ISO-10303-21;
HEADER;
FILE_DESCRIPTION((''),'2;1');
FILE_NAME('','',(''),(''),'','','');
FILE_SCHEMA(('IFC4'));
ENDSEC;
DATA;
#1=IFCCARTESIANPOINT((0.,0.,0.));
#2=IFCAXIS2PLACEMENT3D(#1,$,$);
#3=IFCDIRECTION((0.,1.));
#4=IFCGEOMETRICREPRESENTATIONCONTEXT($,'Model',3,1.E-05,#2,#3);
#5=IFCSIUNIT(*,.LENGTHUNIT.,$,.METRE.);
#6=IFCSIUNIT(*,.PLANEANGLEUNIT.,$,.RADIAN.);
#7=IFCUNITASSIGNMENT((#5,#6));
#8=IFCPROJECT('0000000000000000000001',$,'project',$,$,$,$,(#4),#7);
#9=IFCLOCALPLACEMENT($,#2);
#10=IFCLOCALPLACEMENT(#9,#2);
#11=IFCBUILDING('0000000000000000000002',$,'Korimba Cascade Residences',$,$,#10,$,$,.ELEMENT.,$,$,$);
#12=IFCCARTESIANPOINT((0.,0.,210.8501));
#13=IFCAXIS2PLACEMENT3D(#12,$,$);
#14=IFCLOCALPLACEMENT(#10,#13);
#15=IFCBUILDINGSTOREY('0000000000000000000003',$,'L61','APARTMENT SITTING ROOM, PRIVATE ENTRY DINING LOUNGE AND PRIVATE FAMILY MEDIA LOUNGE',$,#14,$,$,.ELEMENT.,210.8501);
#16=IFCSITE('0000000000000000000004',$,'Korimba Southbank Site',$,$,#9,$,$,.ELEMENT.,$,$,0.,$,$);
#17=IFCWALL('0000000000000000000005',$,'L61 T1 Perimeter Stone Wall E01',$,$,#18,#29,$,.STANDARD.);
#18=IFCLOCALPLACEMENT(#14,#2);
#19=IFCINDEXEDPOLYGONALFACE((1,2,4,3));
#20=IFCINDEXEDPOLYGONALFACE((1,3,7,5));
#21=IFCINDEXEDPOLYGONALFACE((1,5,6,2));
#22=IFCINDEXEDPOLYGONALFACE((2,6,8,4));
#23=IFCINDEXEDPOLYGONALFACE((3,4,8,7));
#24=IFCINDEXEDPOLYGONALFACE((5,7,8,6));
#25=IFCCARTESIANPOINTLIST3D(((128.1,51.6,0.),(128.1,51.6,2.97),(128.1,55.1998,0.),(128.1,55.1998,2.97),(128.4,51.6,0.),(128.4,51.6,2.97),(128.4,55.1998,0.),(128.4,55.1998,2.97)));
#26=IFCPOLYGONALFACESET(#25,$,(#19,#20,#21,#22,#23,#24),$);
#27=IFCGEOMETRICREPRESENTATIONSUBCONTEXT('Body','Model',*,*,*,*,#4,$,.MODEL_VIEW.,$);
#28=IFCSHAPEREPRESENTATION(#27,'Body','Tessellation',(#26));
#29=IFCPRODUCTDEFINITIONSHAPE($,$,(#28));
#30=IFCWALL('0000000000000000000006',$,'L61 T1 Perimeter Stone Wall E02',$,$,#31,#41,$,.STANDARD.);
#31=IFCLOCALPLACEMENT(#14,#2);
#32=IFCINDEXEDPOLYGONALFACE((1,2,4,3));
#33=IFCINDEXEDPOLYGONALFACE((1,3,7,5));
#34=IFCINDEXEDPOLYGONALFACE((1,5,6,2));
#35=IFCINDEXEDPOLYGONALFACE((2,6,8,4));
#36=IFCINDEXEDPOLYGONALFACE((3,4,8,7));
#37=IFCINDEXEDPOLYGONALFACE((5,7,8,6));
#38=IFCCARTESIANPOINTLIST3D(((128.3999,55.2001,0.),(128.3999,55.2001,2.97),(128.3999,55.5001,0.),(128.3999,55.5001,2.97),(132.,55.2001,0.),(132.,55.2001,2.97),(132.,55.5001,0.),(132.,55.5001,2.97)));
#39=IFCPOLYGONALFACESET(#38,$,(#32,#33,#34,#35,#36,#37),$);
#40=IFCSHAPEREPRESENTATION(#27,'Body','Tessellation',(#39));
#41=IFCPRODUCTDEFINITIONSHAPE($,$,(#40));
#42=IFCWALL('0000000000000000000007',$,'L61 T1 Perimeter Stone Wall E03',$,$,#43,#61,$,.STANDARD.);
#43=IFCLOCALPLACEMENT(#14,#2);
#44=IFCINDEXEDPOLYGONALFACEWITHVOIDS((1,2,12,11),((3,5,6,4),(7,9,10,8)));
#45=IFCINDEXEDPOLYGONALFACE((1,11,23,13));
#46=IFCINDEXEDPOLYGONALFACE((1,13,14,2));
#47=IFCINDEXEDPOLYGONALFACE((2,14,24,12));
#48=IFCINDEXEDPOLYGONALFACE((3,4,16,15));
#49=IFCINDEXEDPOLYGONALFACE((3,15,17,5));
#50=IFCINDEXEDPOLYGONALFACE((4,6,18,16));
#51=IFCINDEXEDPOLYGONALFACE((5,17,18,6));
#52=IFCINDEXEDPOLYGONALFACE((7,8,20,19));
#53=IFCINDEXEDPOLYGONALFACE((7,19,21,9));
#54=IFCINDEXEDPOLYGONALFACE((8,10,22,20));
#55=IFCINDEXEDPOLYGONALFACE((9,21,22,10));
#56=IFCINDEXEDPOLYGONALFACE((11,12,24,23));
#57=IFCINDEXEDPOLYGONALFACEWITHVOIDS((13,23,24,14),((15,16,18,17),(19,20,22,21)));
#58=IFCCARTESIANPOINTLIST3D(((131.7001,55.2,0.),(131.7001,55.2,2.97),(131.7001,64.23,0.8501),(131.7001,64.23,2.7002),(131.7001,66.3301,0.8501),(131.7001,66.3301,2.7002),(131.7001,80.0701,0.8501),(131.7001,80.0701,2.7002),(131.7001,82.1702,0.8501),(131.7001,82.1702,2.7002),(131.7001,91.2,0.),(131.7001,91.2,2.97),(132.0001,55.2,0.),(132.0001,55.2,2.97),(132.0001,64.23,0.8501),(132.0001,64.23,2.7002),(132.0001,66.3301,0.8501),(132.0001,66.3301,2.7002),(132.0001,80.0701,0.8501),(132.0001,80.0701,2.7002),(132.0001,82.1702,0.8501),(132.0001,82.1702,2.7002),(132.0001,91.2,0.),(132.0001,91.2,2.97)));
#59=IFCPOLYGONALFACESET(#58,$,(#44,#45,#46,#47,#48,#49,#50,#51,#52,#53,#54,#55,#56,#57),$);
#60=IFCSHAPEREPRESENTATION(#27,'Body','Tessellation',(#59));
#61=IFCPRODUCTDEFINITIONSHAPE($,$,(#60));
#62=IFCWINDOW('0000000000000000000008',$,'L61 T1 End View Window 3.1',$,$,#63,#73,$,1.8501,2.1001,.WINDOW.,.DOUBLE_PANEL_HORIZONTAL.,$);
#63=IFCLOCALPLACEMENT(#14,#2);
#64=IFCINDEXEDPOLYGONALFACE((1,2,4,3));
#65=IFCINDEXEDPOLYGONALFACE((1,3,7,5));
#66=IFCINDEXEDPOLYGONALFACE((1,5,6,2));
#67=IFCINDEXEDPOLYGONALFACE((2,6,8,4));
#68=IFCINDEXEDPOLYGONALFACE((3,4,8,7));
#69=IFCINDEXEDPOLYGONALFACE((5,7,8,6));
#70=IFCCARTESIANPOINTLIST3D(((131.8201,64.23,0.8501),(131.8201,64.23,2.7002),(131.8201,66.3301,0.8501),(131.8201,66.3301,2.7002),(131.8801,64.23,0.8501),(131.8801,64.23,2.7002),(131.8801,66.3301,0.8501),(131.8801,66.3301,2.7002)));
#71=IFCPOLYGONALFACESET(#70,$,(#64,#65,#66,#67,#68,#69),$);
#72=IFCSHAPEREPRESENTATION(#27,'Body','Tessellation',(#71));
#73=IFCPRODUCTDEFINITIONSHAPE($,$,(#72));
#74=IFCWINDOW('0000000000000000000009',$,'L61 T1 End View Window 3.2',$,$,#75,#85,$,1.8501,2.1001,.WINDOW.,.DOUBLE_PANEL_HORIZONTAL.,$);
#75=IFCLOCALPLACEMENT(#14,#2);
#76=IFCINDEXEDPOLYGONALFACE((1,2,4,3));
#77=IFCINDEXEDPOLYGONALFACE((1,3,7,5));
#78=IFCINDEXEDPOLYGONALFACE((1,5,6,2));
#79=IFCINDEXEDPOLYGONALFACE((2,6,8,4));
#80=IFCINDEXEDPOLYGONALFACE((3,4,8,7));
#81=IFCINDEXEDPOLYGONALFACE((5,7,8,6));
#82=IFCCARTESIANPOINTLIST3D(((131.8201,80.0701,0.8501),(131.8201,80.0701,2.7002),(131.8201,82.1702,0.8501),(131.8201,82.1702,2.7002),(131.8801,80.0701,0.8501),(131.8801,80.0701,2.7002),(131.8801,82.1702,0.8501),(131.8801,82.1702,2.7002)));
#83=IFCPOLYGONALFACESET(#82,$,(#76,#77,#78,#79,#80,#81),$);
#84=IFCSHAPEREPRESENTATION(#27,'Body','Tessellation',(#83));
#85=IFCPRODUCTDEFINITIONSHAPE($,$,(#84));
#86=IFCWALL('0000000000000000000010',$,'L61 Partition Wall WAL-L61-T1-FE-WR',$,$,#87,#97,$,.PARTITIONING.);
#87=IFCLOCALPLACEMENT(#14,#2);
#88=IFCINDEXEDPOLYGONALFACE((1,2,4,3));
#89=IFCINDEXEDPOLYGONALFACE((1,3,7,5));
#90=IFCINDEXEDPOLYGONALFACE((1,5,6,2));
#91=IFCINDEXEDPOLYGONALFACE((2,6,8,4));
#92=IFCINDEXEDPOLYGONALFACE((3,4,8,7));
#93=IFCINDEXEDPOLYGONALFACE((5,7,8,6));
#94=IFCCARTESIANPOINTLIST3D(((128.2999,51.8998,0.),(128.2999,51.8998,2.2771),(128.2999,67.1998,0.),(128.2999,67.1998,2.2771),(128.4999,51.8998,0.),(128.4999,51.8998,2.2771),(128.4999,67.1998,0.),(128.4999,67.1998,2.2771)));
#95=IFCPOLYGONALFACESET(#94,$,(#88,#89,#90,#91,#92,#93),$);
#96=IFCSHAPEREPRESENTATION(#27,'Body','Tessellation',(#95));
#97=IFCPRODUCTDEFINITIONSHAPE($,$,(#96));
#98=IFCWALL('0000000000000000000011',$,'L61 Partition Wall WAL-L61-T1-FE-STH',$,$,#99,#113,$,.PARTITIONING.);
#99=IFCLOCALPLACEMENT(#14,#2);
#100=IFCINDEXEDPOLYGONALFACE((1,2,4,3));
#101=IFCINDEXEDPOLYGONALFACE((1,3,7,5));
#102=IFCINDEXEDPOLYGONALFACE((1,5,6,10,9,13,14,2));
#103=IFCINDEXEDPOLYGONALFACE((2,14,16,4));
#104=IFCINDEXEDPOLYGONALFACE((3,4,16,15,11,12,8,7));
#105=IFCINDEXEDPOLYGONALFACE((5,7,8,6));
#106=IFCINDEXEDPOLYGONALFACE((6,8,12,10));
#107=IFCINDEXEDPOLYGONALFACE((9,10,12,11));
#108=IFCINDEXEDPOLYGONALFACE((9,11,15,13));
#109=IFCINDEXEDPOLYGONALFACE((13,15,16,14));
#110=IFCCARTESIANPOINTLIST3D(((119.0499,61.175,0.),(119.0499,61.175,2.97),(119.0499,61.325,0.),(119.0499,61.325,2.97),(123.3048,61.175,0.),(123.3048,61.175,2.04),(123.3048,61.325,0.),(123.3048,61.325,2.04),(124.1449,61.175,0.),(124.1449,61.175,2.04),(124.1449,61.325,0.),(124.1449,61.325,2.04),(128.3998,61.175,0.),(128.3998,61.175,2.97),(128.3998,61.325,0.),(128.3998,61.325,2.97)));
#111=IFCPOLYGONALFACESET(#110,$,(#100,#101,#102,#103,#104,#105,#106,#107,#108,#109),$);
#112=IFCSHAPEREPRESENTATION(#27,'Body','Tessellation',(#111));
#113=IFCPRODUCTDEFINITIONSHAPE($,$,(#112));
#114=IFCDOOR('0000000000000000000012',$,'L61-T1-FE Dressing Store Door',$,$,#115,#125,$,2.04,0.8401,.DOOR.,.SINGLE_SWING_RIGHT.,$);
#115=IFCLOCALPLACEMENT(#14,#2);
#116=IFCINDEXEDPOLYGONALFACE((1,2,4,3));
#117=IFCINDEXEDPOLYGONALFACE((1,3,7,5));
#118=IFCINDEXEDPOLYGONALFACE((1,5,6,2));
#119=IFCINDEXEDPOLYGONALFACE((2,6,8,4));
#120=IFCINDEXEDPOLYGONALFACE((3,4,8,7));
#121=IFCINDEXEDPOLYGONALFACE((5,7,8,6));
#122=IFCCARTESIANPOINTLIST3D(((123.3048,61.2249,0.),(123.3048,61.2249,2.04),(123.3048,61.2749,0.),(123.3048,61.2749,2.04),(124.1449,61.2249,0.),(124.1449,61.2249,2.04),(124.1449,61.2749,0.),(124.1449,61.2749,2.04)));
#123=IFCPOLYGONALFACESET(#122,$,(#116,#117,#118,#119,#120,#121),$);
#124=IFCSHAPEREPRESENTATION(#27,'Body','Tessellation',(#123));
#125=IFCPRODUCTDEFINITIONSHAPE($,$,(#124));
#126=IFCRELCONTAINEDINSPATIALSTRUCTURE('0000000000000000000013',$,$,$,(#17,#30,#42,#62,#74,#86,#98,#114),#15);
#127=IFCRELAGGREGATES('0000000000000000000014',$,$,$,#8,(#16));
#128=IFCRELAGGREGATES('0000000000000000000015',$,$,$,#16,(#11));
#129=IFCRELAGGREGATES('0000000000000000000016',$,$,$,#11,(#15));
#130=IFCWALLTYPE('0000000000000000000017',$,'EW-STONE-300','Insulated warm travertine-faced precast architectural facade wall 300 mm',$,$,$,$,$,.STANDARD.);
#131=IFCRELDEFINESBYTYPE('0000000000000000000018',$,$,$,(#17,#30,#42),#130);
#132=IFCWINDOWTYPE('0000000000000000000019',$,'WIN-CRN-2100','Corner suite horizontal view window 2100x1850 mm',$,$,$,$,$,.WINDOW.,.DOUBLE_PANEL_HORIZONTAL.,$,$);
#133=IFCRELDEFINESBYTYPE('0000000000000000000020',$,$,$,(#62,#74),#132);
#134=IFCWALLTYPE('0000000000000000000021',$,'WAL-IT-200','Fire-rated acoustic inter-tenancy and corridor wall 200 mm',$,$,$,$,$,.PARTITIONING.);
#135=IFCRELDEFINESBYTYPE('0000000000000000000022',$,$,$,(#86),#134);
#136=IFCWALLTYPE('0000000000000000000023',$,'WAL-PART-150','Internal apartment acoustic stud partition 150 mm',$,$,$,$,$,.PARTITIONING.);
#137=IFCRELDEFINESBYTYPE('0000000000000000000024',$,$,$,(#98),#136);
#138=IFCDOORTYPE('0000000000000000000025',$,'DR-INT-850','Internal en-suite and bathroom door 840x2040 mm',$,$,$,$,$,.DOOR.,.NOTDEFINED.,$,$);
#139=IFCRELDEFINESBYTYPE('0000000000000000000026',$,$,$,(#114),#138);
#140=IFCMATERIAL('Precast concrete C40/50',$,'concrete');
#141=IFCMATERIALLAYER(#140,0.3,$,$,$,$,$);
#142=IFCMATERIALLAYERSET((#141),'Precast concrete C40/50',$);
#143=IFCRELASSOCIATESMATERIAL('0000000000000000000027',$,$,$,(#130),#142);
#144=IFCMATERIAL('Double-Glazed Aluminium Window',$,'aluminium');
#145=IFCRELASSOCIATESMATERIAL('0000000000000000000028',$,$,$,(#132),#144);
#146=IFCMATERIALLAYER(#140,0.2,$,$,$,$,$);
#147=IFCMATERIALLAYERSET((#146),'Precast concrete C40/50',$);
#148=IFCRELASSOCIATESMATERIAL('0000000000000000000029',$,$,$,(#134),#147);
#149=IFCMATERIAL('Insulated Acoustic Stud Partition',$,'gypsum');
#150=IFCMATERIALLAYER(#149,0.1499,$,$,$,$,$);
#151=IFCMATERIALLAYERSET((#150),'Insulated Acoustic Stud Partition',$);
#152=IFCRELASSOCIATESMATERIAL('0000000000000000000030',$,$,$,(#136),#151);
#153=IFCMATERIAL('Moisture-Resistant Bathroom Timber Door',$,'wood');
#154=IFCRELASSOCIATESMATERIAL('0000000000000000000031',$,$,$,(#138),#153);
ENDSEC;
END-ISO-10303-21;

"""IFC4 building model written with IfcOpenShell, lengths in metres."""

from ifc_helpers import new_model, si_unit, direction, frame, frame_2d, origin, place, context, subcontext, project, spatial, rectangle, extrude, material, layer, layer_set, type_object, element, fill, save


model = new_model("IFC4")

# Units and contexts
model_context = context("Model", 3, precision=1e-05, world=origin(), true_north=direction((0.0, 1.0)))
body_context = subcontext(model_context, "Body", "Model", "MODEL_VIEW")
ifc_project = project(units=[si_unit("LENGTHUNIT", "METRE"), si_unit("PLANEANGLEUNIT", "RADIAN")], contexts=[model_context])

# Site, building, storey
site_placement = place(None, origin())
site = spatial("IfcSite", under=ifc_project, at=site_placement, Name="Korimba Southbank Site", CompositionType="ELEMENT", RefElevation=0.0)
building_placement = place(site_placement, origin())
building = spatial("IfcBuilding", under=site, at=building_placement, Name="Korimba Cascade Residences", CompositionType="ELEMENT")
storey_placement = place(building_placement, frame((0.0, 0.0, 210.8501)))
storey = spatial("IfcBuildingStorey", under=building, at=storey_placement, Name="L61", Description="APARTMENT SITTING ROOM, PRIVATE ENTRY DINING LOUNGE AND PRIVATE FAMILY MEDIA LOUNGE", CompositionType="ELEMENT", Elevation=210.8501)

# Walls
ifc_material_1 = material(Name="Precast concrete C40/50", Category="concrete")
ifc_layer_1 = layer(ifc_material_1, 0.3)
ifc_layer_set_1 = layer_set([ifc_layer_1], Name="Precast concrete C40/50")
wall_type_1 = type_object("IfcWallType", Name="EW-STONE-300", Description="Insulated warm travertine-faced precast architectural facade wall 300 mm", PredefinedType="STANDARD", material=ifc_layer_set_1)
wall_1_placement = place(storey_placement, frame((128.25, 51.6001, 0.0), z_axis=(0.0, 0.0, 1.0), x_axis=(0.0, 1.0, 0.0)))
element("IfcWall", 1, at=wall_1_placement, inside=storey, type_object=wall_type_1, Name="L61 T1 Perimeter Stone Wall E01", PredefinedType="STANDARD", context=body_context, shape_type="SweptSolid", body=[
    extrude(rectangle(XDim=3.5999, YDim=0.3, at=frame_2d((1.7998, 0.0))), origin(), (0.0, 0.0, 1.0), 2.97),
])
wall_2_placement = place(storey_placement, frame((128.3999, 55.3501, 0.0), z_axis=(0.0, 0.0, 1.0), x_axis=(1.0, 0.0, 0.0)))
element("IfcWall", 2, at=wall_2_placement, inside=storey, type_object=wall_type_1, Name="L61 T1 Perimeter Stone Wall E02", PredefinedType="STANDARD", context=body_context, shape_type="SweptSolid", body=[
    extrude(rectangle(XDim=3.6001, YDim=0.3, at=frame_2d((1.8, 0.0))), origin(), (0.0, 0.0, 1.0), 2.97),
])

# Wall, openings, windows
wall_3_placement = place(storey_placement, frame((131.8501, 55.2, 0.0), z_axis=(0.0, 0.0, 1.0), x_axis=(0.0, 1.0, 0.0)))
wall_3 = element("IfcWall", 3, at=wall_3_placement, inside=storey, type_object=wall_type_1, Name="L61 T1 Perimeter Stone Wall E03", PredefinedType="STANDARD", context=body_context, shape_type="SweptSolid", body=[
    extrude(rectangle(XDim=36.0, YDim=0.3, at=frame_2d((18.0, 0.0))), origin(), (0.0, 0.0, 1.0), 2.97),
])
opening_1_placement = place(wall_3_placement, frame((9.03, 0.0, 0.8501)))
opening_1 = element("IfcOpeningElement", 4, at=opening_1_placement, cuts=wall_3, PredefinedType="OPENING", context=body_context, shape_type="SweptSolid", body=[
    extrude(rectangle(XDim=2.1001, YDim=1.8501, at=frame_2d((1.05, 0.925))), frame((0.0, 0.1602, 0.0), z_axis=(0.0, -1.0, 0.0), x_axis=(1.0, 0.0, 0.0)), (0.0, 0.0, 1.0), 0.3201),
])
opening_2_placement = place(wall_3_placement, frame((24.8701, 0.0, 0.8501)))
opening_2 = element("IfcOpeningElement", 5, at=opening_2_placement, cuts=wall_3, PredefinedType="OPENING", context=body_context, shape_type="SweptSolid", body=[
    extrude(rectangle(XDim=2.1001, YDim=1.8501, at=frame_2d((1.05, 0.925))), frame((0.0, 0.1602, 0.0), z_axis=(0.0, -1.0, 0.0), x_axis=(1.0, 0.0, 0.0)), (0.0, 0.0, 1.0), 0.3201),
])
ifc_material_2 = material(Name="Double-Glazed Aluminium Window", Category="aluminium")
window_type = type_object("IfcWindowType", Name="WIN-CRN-2100", Description="Corner suite horizontal view window 2100x1850 mm", PartitioningType="DOUBLE_PANEL_HORIZONTAL", PredefinedType="WINDOW", material=ifc_material_2)
window_1_placement = place(opening_1_placement, origin())
window_1 = element("IfcWindow", 6, at=window_1_placement, inside=storey, type_object=window_type, Name="L61 T1 End View Window 3.1", OverallHeight=1.8501, OverallWidth=2.1001, PartitioningType="DOUBLE_PANEL_HORIZONTAL", PredefinedType="WINDOW", context=body_context, shape_type="SweptSolid", body=[
    extrude(rectangle(XDim=2.1001, YDim=1.8501, at=frame_2d((1.05, 0.925))), frame((0.0, 0.03, 0.0), z_axis=(0.0, -1.0, 0.0), x_axis=(1.0, 0.0, 0.0)), (0.0, 0.0, 1.0), 0.0601),
])
fill(opening_1, window_1)
window_2_placement = place(opening_2_placement, origin())
window_2 = element("IfcWindow", 7, at=window_2_placement, inside=storey, type_object=window_type, Name="L61 T1 End View Window 3.2", OverallHeight=1.8501, OverallWidth=2.1001, PartitioningType="DOUBLE_PANEL_HORIZONTAL", PredefinedType="WINDOW", context=body_context, shape_type="SweptSolid", body=[
    extrude(rectangle(XDim=2.1001, YDim=1.8501, at=frame_2d((1.05, 0.925))), frame((0.0, 0.03, 0.0), z_axis=(0.0, -1.0, 0.0), x_axis=(1.0, 0.0, 0.0)), (0.0, 0.0, 1.0), 0.0601),
])
fill(opening_2, window_2)

# Wall
ifc_layer_2 = layer(ifc_material_1, 0.2)
ifc_layer_set_2 = layer_set([ifc_layer_2], Name="Precast concrete C40/50")
wall_type_2 = type_object("IfcWallType", Name="WAL-IT-200", Description="Fire-rated acoustic inter-tenancy and corridor wall 200 mm", PredefinedType="PARTITIONING", material=ifc_layer_set_2)
wall_4_placement = place(storey_placement, frame((128.3999, 51.8999, 0.0), z_axis=(0.0, 0.0, 1.0), x_axis=(0.0, 1.0, 0.0)))
element("IfcWall", 8, at=wall_4_placement, inside=storey, type_object=wall_type_2, Name="L61 Partition Wall WAL-L61-T1-FE-WR", PredefinedType="PARTITIONING", context=body_context, shape_type="SweptSolid", body=[
    extrude(rectangle(XDim=15.3, YDim=0.2, at=frame_2d((7.6499, 0.0))), origin(), (0.0, 0.0, 1.0), 2.2771),
])

# Wall, opening, door
ifc_material_3 = material(Name="Insulated Acoustic Stud Partition", Category="gypsum")
ifc_layer_3 = layer(ifc_material_3, 0.1499)
ifc_layer_set_3 = layer_set([ifc_layer_3], Name="Insulated Acoustic Stud Partition")
wall_type_3 = type_object("IfcWallType", Name="WAL-PART-150", Description="Internal apartment acoustic stud partition 150 mm", PredefinedType="PARTITIONING", material=ifc_layer_set_3)
wall_5_placement = place(storey_placement, frame((119.05, 61.25, 0.0), z_axis=(0.0, 0.0, 1.0), x_axis=(1.0, 0.0, 0.0)))
wall_5 = element("IfcWall", 9, at=wall_5_placement, inside=storey, type_object=wall_type_3, Name="L61 Partition Wall WAL-L61-T1-FE-STH", PredefinedType="PARTITIONING", context=body_context, shape_type="SweptSolid", body=[
    extrude(rectangle(XDim=9.3499, YDim=0.1499, at=frame_2d((4.6748, 0.0))), origin(), (0.0, 0.0, 1.0), 2.97),
])
opening_3_placement = place(wall_5_placement, frame((4.2549, 0.0, 0.0)))
opening_3 = element("IfcOpeningElement", 10, at=opening_3_placement, cuts=wall_5, PredefinedType="OPENING", context=body_context, shape_type="SweptSolid", body=[
    extrude(rectangle(XDim=0.8401, YDim=2.04, at=frame_2d((0.4199, 1.02))), frame((0.0, 0.085, 0.0), z_axis=(0.0, -1.0, 0.0), x_axis=(1.0, 0.0, 0.0)), (0.0, 0.0, 1.0), 0.1699),
])
ifc_material_4 = material(Name="Moisture-Resistant Bathroom Timber Door", Category="wood")
door_type = type_object("IfcDoorType", Name="DR-INT-850", Description="Internal en-suite and bathroom door 840x2040 mm", OperationType="NOTDEFINED", PredefinedType="DOOR", material=ifc_material_4)
door_placement = place(opening_3_placement, origin())
door = element("IfcDoor", 11, at=door_placement, inside=storey, type_object=door_type, Name="L61-T1-FE Dressing Store Door", OperationType="SINGLE_SWING_RIGHT", OverallHeight=2.04, OverallWidth=0.8401, PredefinedType="DOOR", context=body_context, shape_type="SweptSolid", body=[
    extrude(rectangle(XDim=0.8401, YDim=2.04, at=frame_2d((0.4199, 1.02))), frame((0.0, 0.0249, 0.0), z_axis=(0.0, -1.0, 0.0), x_axis=(1.0, 0.0, 0.0)), (0.0, 0.0, 1.0), 0.05),
])
fill(opening_3, door)

save(model, "model.ifc")
